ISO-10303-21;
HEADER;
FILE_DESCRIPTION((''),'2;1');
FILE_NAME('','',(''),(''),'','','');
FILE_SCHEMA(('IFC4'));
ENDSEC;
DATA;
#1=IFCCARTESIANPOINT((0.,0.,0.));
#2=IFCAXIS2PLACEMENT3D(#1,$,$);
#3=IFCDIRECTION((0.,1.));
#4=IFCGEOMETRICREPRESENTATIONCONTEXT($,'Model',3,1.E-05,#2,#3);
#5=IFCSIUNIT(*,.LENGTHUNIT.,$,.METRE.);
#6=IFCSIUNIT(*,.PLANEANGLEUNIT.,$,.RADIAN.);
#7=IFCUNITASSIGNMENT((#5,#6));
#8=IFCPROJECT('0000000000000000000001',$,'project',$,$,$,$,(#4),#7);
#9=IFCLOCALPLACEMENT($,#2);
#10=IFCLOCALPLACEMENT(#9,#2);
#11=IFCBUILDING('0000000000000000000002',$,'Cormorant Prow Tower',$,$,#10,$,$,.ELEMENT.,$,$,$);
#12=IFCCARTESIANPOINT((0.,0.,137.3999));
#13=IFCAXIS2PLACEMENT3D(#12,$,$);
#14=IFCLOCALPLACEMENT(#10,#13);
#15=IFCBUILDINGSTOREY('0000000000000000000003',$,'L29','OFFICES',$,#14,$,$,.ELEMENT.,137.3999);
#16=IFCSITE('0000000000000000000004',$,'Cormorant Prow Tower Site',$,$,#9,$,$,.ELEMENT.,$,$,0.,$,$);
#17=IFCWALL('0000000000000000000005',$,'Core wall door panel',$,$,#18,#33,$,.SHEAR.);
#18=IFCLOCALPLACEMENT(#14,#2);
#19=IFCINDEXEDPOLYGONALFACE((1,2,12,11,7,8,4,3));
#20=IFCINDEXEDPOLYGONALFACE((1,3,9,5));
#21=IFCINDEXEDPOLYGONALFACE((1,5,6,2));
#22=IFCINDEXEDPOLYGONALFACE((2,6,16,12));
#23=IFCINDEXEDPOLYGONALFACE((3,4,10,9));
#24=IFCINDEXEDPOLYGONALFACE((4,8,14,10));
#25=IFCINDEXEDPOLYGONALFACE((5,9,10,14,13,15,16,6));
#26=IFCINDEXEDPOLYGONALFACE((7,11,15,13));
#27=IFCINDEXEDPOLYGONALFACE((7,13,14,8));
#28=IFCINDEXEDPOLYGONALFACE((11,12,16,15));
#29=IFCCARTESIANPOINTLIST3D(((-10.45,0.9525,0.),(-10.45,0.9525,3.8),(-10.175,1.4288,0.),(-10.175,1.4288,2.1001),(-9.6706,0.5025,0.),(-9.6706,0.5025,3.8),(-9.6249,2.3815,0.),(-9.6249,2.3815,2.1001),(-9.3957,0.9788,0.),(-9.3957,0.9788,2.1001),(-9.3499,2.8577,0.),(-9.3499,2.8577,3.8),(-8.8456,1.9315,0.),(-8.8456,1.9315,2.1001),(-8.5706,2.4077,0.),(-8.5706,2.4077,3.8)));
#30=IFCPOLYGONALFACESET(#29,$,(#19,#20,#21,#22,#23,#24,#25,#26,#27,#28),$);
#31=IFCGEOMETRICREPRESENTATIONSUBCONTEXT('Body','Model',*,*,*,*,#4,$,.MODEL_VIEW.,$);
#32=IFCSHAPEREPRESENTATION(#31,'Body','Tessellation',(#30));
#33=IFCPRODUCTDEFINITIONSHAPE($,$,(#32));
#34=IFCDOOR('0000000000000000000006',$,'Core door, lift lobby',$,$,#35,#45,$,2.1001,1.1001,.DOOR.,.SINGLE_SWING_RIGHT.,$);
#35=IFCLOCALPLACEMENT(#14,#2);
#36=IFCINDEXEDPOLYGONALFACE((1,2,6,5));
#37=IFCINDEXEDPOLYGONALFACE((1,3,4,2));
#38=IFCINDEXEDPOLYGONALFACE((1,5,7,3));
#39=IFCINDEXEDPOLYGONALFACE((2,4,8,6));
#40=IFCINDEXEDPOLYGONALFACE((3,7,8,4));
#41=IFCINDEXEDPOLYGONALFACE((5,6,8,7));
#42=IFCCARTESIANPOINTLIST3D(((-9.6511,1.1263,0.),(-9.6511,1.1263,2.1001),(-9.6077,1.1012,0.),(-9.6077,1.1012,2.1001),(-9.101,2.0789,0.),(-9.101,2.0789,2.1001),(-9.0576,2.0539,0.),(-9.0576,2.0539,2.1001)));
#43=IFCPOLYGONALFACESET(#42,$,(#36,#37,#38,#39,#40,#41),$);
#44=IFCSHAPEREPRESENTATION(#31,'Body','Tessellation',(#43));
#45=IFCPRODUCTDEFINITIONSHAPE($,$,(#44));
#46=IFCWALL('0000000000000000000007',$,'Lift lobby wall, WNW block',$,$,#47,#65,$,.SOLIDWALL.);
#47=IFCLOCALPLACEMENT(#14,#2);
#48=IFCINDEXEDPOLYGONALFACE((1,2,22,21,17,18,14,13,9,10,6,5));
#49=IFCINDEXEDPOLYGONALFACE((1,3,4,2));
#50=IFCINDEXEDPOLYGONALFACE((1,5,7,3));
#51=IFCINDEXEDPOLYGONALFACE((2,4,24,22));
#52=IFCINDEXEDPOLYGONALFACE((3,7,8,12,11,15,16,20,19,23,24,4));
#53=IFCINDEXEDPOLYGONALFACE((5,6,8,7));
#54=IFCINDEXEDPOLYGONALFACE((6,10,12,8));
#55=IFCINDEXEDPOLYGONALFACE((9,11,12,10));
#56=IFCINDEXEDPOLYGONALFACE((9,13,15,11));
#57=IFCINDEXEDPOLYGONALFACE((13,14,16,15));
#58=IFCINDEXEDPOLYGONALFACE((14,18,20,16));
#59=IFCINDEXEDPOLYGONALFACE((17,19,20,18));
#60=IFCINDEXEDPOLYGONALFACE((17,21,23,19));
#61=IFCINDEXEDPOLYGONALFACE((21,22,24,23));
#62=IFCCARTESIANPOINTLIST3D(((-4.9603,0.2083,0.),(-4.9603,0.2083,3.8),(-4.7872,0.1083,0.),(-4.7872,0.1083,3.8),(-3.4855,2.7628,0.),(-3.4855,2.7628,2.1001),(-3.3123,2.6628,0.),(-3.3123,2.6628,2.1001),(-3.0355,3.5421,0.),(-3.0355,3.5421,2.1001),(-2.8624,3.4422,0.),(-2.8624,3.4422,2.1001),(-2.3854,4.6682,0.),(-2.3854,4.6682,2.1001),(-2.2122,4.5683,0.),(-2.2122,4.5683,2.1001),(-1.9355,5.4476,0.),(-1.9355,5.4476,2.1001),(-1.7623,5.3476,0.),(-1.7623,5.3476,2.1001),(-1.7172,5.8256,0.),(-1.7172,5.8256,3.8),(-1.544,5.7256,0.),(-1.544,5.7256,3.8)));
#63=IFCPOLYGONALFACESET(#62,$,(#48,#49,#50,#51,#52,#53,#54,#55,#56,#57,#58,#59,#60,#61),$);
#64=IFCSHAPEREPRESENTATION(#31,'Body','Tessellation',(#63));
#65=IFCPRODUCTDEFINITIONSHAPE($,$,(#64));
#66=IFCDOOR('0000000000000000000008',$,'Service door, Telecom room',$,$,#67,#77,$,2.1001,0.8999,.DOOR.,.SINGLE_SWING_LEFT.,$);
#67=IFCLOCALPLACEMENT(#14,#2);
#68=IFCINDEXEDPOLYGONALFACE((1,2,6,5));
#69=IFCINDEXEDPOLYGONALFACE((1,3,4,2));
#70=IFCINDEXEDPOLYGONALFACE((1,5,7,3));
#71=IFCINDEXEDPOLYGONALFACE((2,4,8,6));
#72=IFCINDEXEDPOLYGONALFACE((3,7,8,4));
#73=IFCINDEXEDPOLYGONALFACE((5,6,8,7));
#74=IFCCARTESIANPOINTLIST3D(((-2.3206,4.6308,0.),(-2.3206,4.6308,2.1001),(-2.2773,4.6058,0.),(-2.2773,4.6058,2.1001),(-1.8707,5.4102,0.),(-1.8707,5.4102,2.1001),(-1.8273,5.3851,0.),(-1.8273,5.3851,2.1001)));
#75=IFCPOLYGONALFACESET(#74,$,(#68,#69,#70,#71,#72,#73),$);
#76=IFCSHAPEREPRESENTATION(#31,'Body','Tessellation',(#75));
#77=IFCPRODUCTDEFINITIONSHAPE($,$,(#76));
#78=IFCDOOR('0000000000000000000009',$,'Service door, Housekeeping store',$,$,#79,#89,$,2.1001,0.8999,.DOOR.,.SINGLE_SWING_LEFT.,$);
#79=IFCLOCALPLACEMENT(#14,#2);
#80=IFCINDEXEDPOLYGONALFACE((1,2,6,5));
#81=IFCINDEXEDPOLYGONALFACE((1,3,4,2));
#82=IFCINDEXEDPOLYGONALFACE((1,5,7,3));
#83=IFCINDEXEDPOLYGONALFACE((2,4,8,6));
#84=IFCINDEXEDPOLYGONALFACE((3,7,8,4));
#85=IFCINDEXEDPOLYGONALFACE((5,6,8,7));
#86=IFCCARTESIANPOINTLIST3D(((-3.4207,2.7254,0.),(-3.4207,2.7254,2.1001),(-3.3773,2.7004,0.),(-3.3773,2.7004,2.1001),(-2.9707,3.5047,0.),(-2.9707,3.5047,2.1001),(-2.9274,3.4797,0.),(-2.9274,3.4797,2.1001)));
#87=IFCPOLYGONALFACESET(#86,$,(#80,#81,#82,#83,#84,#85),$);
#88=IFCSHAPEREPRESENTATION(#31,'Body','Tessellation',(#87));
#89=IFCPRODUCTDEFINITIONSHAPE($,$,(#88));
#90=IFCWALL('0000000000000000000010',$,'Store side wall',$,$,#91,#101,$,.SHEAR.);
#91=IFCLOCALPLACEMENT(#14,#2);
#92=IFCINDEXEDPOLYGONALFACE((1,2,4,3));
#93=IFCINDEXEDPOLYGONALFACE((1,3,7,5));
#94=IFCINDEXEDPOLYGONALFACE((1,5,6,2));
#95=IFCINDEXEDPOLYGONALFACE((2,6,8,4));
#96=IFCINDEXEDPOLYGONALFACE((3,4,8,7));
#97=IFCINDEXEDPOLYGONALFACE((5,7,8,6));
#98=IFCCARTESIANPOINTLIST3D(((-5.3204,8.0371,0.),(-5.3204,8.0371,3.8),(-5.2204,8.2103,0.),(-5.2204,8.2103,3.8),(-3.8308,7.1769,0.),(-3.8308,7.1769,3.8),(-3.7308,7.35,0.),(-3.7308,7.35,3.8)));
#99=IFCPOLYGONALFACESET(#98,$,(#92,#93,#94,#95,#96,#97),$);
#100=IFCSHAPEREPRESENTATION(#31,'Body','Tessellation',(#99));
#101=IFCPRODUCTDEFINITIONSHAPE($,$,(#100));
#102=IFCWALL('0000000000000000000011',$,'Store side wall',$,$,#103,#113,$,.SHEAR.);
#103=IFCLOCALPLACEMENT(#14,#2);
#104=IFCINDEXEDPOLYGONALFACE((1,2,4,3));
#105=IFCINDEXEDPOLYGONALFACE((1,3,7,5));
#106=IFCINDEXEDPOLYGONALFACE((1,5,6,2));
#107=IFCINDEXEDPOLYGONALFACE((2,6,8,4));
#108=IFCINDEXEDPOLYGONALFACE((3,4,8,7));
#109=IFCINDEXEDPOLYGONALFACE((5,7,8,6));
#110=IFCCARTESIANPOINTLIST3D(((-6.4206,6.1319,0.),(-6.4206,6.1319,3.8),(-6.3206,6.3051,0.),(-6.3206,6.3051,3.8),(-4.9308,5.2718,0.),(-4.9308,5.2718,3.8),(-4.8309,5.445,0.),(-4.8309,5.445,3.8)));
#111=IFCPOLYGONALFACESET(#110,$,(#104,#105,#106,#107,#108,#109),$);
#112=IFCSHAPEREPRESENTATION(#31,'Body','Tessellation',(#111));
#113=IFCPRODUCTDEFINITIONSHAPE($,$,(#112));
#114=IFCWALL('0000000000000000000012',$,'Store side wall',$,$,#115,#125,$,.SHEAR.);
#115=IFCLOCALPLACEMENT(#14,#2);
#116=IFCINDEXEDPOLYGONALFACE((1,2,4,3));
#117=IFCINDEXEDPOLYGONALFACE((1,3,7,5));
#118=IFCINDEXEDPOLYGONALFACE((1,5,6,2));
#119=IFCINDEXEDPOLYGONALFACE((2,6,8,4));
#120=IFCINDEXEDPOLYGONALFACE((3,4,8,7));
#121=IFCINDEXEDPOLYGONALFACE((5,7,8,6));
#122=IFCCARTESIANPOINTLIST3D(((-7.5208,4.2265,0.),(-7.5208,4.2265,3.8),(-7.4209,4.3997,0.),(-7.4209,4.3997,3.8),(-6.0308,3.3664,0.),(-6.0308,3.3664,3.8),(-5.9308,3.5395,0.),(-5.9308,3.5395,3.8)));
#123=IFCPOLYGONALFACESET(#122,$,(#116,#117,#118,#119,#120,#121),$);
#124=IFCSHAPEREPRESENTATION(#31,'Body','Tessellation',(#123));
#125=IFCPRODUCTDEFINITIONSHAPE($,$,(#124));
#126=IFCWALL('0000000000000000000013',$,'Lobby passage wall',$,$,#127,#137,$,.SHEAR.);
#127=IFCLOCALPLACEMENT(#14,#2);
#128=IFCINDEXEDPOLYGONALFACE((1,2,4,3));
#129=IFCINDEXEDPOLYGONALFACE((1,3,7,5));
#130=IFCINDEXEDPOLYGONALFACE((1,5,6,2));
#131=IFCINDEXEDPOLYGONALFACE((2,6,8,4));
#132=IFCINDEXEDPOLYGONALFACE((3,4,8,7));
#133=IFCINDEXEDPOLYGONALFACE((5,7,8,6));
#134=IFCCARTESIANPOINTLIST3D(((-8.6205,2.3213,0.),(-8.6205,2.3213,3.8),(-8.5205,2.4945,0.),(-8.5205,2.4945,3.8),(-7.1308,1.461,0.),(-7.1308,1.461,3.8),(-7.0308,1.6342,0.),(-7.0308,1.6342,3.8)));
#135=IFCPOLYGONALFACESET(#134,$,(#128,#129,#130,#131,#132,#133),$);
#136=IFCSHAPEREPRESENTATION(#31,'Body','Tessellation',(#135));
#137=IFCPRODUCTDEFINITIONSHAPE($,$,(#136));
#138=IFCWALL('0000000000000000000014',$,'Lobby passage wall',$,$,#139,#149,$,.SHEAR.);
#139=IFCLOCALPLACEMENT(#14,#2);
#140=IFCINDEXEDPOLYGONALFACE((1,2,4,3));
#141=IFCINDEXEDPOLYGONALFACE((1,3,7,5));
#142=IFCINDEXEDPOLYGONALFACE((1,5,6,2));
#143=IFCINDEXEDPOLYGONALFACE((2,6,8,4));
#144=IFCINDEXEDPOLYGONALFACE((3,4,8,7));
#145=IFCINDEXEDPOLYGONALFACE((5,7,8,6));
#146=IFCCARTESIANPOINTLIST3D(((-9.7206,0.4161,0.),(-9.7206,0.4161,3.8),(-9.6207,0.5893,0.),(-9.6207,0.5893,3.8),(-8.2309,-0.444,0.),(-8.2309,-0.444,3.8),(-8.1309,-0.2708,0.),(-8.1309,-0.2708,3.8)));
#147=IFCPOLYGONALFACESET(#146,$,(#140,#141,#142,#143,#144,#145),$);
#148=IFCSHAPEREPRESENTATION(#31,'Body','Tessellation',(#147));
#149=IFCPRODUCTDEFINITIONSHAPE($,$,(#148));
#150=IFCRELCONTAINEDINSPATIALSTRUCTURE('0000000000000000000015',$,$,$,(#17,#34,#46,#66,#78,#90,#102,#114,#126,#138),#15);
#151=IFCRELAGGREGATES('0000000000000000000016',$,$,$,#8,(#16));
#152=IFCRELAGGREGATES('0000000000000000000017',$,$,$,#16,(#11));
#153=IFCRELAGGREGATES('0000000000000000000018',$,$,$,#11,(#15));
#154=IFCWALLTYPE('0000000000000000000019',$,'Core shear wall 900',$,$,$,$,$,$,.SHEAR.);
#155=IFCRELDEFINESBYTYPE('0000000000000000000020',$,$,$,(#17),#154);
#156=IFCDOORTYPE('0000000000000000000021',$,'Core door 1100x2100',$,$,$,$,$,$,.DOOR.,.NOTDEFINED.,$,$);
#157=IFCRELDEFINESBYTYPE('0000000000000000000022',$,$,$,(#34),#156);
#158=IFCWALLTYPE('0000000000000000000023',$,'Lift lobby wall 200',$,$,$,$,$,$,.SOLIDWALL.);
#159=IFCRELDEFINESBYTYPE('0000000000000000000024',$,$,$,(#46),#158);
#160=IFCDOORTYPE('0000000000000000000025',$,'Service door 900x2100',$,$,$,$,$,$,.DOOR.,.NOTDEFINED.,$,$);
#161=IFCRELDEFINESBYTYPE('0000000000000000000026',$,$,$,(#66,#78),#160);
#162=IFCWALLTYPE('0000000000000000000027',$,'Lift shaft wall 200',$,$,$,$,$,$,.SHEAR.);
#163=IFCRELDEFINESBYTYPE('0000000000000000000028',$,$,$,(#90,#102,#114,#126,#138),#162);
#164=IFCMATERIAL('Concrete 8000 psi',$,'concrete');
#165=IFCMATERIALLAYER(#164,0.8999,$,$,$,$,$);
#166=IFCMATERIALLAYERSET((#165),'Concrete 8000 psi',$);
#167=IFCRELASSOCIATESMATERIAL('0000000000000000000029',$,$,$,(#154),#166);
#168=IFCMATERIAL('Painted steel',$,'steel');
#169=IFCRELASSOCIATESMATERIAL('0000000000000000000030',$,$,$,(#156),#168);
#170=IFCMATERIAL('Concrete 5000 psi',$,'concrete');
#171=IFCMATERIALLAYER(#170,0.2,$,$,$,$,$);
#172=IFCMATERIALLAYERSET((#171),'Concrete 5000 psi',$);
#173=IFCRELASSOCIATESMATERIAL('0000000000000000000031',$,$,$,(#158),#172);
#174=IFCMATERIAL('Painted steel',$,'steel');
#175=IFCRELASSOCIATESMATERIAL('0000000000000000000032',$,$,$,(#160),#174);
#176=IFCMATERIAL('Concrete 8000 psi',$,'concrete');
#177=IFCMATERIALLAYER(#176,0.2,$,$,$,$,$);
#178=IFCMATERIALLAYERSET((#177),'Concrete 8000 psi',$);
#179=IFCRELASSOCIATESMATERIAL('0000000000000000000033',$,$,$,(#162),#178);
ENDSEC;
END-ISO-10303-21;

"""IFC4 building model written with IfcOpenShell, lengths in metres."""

from ifc_helpers import new_model, si_unit, direction, frame, frame_2d, origin, place, context, subcontext, project, spatial, rectangle, extrude, material, layer, layer_set, type_object, element, fill, save


model = new_model("IFC4")

# Units and contexts
model_context = context("Model", 3, precision=1e-05, world=origin(), true_north=direction((0.0, 1.0)))
body_context = subcontext(model_context, "Body", "Model", "MODEL_VIEW")
ifc_project = project(units=[si_unit("LENGTHUNIT", "METRE"), si_unit("PLANEANGLEUNIT", "RADIAN")], contexts=[model_context])

# Site, building, storey
site_placement = place(None, origin())
site = spatial("IfcSite", under=ifc_project, at=site_placement, Name="Cormorant Prow Tower Site", CompositionType="ELEMENT", RefElevation=0.0)
building_placement = place(site_placement, origin())
building = spatial("IfcBuilding", under=site, at=building_placement, Name="Cormorant Prow Tower", CompositionType="ELEMENT")
storey_placement = place(building_placement, frame((0.0, 0.0, 137.3999)))
storey = spatial("IfcBuildingStorey", under=building, at=storey_placement, Name="L29", Description="OFFICES", CompositionType="ELEMENT", Elevation=137.3999)

# Shared definitions
ifc_material_1 = material(Name="Concrete 8000 psi", Category="concrete")
ifc_layer_1 = layer(ifc_material_1, 0.8999)
ifc_layer_set_1 = layer_set([ifc_layer_1], Name="Concrete 8000 psi")
wall_type_1 = type_object("IfcWallType", Name="Core shear wall 900", PredefinedType="SHEAR", material=ifc_layer_set_1)

# Wall, opening, door
wall_1_placement = place(storey_placement, frame((-8.9602, 2.6328, 0.0), z_axis=(0.0, 0.0, 1.0), x_axis=(-0.50003, -0.866008, 0.0)))
wall_1 = element("IfcWall", 1, at=wall_1_placement, inside=storey, type_object=wall_type_1, Name="Core wall door panel", PredefinedType="SHEAR", context=body_context, shape_type="SweptSolid", body=[
    extrude(rectangle(XDim=2.2, YDim=0.8999, at=frame_2d((1.1001, 0.0))), origin(), (0.0, 0.0, 1.0), 3.8),
])
opening_1_placement = place(wall_1_placement, frame((0.55, 0.0, 0.0)))
opening_1 = element("IfcOpeningElement", 2, at=opening_1_placement, cuts=wall_1, PredefinedType="OPENING", context=body_context, shape_type="SweptSolid", body=[
    extrude(rectangle(XDim=1.1001, YDim=2.1001, at=frame_2d((0.55, 1.05))), frame((0.0, 0.46, 0.0), z_axis=(0.0, -1.0, 0.0), x_axis=(1.0, 0.0, 0.0)), (0.0, 0.0, 1.0), 0.9199),
])
ifc_material_2 = material(Name="Painted steel", Category="steel")
door_type_1 = type_object("IfcDoorType", Name="Core door 1100x2100", OperationType="NOTDEFINED", PredefinedType="DOOR", material=ifc_material_2)
door_1_placement = place(opening_1_placement, origin())
door_1 = element("IfcDoor", 3, at=door_1_placement, inside=storey, type_object=door_type_1, Name="Core door, lift lobby", OperationType="SINGLE_SWING_RIGHT", OverallHeight=2.1001, OverallWidth=1.1001, PredefinedType="DOOR", context=body_context, shape_type="SweptSolid", body=[
    extrude(rectangle(XDim=1.1001, YDim=2.1001, at=frame_2d((0.55, 1.05))), frame((0.0, 0.2051, 0.0), z_axis=(0.0, -1.0, 0.0), x_axis=(1.0, 0.0, 0.0)), (0.0, 0.0, 1.0), 0.05),
])
fill(opening_1, door_1)

# Wall, openings, doors
ifc_material_3 = material(Name="Concrete 5000 psi", Category="concrete")
ifc_layer_2 = layer(ifc_material_3, 0.2)
ifc_layer_set_2 = layer_set([ifc_layer_2], Name="Concrete 5000 psi")
wall_type_2 = type_object("IfcWallType", Name="Lift lobby wall 200", PredefinedType="SOLIDWALL", material=ifc_layer_set_2)
wall_2_placement = place(storey_placement, frame((-1.6306, 5.7756, 0.0), z_axis=(0.0, 0.0, 1.0), x_axis=(-0.499993, -0.86603, 0.0)))
wall_2 = element("IfcWall", 4, at=wall_2_placement, inside=storey, type_object=wall_type_2, Name="Lift lobby wall, WNW block", PredefinedType="SOLIDWALL", context=body_context, shape_type="SweptSolid", body=[
    extrude(rectangle(XDim=6.4863, YDim=0.2, at=frame_2d((3.2432, 0.0))), origin(), (0.0, 0.0, 1.0), 3.8),
])
opening_2_placement = place(wall_2_placement, frame((0.4365, 0.0, 0.0)))
opening_2 = element("IfcOpeningElement", 5, at=opening_2_placement, cuts=wall_2, PredefinedType="OPENING", context=body_context, shape_type="SweptSolid", body=[
    extrude(rectangle(XDim=0.8999, YDim=2.1001, at=frame_2d((0.45, 1.05))), frame((0.0, 0.1099, 0.0), z_axis=(0.0, -1.0, 0.0), x_axis=(1.0, 0.0, 0.0)), (0.0, 0.0, 1.0), 0.22),
])
opening_3_placement = place(wall_2_placement, frame((2.6367, 0.0, 0.0)))
opening_3 = element("IfcOpeningElement", 6, at=opening_3_placement, cuts=wall_2, PredefinedType="OPENING", context=body_context, shape_type="SweptSolid", body=[
    extrude(rectangle(XDim=0.8999, YDim=2.1001, at=frame_2d((0.45, 1.05))), frame((0.0, 0.1099, 0.0), z_axis=(0.0, -1.0, 0.0), x_axis=(1.0, 0.0, 0.0)), (0.0, 0.0, 1.0), 0.22),
])
ifc_material_4 = material(Name="Painted steel", Category="steel")
door_type_2 = type_object("IfcDoorType", Name="Service door 900x2100", OperationType="NOTDEFINED", PredefinedType="DOOR", material=ifc_material_4)
door_2_placement = place(opening_2_placement, origin())
door_2 = element("IfcDoor", 7, at=door_2_placement, inside=storey, type_object=door_type_2, Name="Service door, Telecom room", OperationType="SINGLE_SWING_LEFT", OverallHeight=2.1001, OverallWidth=0.8999, PredefinedType="DOOR", context=body_context, shape_type="SweptSolid", body=[
    extrude(rectangle(XDim=0.8999, YDim=2.1001, at=frame_2d((0.45, 1.05))), frame((0.0, 0.0249, 0.0), z_axis=(0.0, -1.0, 0.0), x_axis=(1.0, 0.0, 0.0)), (0.0, 0.0, 1.0), 0.05),
])
fill(opening_2, door_2)
door_3_placement = place(opening_3_placement, origin())
door_3 = element("IfcDoor", 8, at=door_3_placement, inside=storey, type_object=door_type_2, Name="Service door, Housekeeping store", OperationType="SINGLE_SWING_LEFT", OverallHeight=2.1001, OverallWidth=0.8999, PredefinedType="DOOR", context=body_context, shape_type="SweptSolid", body=[
    extrude(rectangle(XDim=0.8999, YDim=2.1001, at=frame_2d((0.45, 1.05))), frame((0.0, 0.0249, 0.0), z_axis=(0.0, -1.0, 0.0), x_axis=(1.0, 0.0, 0.0)), (0.0, 0.0, 1.0), 0.05),
])
fill(opening_3, door_3)

# Walls
ifc_material_5 = material(Name="Concrete 8000 psi", Category="concrete")
ifc_layer_3 = layer(ifc_material_5, 0.2)
ifc_layer_set_3 = layer_set([ifc_layer_3], Name="Concrete 8000 psi")
wall_type_3 = type_object("IfcWallType", Name="Lift shaft wall 200", PredefinedType="SHEAR", material=ifc_layer_set_3)
for number, where, z_axis, x_axis, name in (
    (9, (-3.7808, 7.2634, 0.0), (0.0, 0.0, 1.0), (-0.865963, 0.500107, 0.0), "Store side wall"),
    (10, (-4.8809, 5.3584, 0.0), (0.0, 0.0, 1.0), (-0.866025, 0.500001, 0.0), "Store side wall"),
):
    element("IfcWall", number, at=place(storey_placement, frame(where, z_axis=z_axis, x_axis=x_axis)), inside=storey, type_object=wall_type_3, Name=name, PredefinedType="SHEAR", context=body_context, shape_type="SweptSolid", body=[
        extrude(rectangle(XDim=1.7202, YDim=0.2, at=frame_2d((0.8601, 0.0))), origin(), (0.0, 0.0, 1.0), 3.8),
    ])
wall_3_placement = place(storey_placement, frame((-5.9807, 3.4529, 0.0), z_axis=(0.0, 0.0, 1.0), x_axis=(-0.86606, 0.499939, 0.0)))
element("IfcWall", 11, at=wall_3_placement, inside=storey, type_object=wall_type_3, Name="Store side wall", PredefinedType="SHEAR", context=body_context, shape_type="SweptSolid", body=[
    extrude(rectangle(XDim=1.7205, YDim=0.2, at=frame_2d((0.8604, 0.0))), origin(), (0.0, 0.0, 1.0), 3.8),
])
for number, where, z_axis, x_axis, name in (
    (12, (-7.0808, 1.5476, 0.0), (0.0, 0.0, 1.0), (-0.865963, 0.500107, 0.0), "Lobby passage wall"),
    (13, (-8.1809, -0.3574, 0.0), (0.0, 0.0, 1.0), (-0.866025, 0.500001, 0.0), "Lobby passage wall"),
):
    element("IfcWall", number, at=place(storey_placement, frame(where, z_axis=z_axis, x_axis=x_axis)), inside=storey, type_object=wall_type_3, Name=name, PredefinedType="SHEAR", context=body_context, shape_type="SweptSolid", body=[
        extrude(rectangle(XDim=1.7202, YDim=0.2, at=frame_2d((0.8601, 0.0))), origin(), (0.0, 0.0, 1.0), 3.8),
    ])

save(model, "model.ifc")
